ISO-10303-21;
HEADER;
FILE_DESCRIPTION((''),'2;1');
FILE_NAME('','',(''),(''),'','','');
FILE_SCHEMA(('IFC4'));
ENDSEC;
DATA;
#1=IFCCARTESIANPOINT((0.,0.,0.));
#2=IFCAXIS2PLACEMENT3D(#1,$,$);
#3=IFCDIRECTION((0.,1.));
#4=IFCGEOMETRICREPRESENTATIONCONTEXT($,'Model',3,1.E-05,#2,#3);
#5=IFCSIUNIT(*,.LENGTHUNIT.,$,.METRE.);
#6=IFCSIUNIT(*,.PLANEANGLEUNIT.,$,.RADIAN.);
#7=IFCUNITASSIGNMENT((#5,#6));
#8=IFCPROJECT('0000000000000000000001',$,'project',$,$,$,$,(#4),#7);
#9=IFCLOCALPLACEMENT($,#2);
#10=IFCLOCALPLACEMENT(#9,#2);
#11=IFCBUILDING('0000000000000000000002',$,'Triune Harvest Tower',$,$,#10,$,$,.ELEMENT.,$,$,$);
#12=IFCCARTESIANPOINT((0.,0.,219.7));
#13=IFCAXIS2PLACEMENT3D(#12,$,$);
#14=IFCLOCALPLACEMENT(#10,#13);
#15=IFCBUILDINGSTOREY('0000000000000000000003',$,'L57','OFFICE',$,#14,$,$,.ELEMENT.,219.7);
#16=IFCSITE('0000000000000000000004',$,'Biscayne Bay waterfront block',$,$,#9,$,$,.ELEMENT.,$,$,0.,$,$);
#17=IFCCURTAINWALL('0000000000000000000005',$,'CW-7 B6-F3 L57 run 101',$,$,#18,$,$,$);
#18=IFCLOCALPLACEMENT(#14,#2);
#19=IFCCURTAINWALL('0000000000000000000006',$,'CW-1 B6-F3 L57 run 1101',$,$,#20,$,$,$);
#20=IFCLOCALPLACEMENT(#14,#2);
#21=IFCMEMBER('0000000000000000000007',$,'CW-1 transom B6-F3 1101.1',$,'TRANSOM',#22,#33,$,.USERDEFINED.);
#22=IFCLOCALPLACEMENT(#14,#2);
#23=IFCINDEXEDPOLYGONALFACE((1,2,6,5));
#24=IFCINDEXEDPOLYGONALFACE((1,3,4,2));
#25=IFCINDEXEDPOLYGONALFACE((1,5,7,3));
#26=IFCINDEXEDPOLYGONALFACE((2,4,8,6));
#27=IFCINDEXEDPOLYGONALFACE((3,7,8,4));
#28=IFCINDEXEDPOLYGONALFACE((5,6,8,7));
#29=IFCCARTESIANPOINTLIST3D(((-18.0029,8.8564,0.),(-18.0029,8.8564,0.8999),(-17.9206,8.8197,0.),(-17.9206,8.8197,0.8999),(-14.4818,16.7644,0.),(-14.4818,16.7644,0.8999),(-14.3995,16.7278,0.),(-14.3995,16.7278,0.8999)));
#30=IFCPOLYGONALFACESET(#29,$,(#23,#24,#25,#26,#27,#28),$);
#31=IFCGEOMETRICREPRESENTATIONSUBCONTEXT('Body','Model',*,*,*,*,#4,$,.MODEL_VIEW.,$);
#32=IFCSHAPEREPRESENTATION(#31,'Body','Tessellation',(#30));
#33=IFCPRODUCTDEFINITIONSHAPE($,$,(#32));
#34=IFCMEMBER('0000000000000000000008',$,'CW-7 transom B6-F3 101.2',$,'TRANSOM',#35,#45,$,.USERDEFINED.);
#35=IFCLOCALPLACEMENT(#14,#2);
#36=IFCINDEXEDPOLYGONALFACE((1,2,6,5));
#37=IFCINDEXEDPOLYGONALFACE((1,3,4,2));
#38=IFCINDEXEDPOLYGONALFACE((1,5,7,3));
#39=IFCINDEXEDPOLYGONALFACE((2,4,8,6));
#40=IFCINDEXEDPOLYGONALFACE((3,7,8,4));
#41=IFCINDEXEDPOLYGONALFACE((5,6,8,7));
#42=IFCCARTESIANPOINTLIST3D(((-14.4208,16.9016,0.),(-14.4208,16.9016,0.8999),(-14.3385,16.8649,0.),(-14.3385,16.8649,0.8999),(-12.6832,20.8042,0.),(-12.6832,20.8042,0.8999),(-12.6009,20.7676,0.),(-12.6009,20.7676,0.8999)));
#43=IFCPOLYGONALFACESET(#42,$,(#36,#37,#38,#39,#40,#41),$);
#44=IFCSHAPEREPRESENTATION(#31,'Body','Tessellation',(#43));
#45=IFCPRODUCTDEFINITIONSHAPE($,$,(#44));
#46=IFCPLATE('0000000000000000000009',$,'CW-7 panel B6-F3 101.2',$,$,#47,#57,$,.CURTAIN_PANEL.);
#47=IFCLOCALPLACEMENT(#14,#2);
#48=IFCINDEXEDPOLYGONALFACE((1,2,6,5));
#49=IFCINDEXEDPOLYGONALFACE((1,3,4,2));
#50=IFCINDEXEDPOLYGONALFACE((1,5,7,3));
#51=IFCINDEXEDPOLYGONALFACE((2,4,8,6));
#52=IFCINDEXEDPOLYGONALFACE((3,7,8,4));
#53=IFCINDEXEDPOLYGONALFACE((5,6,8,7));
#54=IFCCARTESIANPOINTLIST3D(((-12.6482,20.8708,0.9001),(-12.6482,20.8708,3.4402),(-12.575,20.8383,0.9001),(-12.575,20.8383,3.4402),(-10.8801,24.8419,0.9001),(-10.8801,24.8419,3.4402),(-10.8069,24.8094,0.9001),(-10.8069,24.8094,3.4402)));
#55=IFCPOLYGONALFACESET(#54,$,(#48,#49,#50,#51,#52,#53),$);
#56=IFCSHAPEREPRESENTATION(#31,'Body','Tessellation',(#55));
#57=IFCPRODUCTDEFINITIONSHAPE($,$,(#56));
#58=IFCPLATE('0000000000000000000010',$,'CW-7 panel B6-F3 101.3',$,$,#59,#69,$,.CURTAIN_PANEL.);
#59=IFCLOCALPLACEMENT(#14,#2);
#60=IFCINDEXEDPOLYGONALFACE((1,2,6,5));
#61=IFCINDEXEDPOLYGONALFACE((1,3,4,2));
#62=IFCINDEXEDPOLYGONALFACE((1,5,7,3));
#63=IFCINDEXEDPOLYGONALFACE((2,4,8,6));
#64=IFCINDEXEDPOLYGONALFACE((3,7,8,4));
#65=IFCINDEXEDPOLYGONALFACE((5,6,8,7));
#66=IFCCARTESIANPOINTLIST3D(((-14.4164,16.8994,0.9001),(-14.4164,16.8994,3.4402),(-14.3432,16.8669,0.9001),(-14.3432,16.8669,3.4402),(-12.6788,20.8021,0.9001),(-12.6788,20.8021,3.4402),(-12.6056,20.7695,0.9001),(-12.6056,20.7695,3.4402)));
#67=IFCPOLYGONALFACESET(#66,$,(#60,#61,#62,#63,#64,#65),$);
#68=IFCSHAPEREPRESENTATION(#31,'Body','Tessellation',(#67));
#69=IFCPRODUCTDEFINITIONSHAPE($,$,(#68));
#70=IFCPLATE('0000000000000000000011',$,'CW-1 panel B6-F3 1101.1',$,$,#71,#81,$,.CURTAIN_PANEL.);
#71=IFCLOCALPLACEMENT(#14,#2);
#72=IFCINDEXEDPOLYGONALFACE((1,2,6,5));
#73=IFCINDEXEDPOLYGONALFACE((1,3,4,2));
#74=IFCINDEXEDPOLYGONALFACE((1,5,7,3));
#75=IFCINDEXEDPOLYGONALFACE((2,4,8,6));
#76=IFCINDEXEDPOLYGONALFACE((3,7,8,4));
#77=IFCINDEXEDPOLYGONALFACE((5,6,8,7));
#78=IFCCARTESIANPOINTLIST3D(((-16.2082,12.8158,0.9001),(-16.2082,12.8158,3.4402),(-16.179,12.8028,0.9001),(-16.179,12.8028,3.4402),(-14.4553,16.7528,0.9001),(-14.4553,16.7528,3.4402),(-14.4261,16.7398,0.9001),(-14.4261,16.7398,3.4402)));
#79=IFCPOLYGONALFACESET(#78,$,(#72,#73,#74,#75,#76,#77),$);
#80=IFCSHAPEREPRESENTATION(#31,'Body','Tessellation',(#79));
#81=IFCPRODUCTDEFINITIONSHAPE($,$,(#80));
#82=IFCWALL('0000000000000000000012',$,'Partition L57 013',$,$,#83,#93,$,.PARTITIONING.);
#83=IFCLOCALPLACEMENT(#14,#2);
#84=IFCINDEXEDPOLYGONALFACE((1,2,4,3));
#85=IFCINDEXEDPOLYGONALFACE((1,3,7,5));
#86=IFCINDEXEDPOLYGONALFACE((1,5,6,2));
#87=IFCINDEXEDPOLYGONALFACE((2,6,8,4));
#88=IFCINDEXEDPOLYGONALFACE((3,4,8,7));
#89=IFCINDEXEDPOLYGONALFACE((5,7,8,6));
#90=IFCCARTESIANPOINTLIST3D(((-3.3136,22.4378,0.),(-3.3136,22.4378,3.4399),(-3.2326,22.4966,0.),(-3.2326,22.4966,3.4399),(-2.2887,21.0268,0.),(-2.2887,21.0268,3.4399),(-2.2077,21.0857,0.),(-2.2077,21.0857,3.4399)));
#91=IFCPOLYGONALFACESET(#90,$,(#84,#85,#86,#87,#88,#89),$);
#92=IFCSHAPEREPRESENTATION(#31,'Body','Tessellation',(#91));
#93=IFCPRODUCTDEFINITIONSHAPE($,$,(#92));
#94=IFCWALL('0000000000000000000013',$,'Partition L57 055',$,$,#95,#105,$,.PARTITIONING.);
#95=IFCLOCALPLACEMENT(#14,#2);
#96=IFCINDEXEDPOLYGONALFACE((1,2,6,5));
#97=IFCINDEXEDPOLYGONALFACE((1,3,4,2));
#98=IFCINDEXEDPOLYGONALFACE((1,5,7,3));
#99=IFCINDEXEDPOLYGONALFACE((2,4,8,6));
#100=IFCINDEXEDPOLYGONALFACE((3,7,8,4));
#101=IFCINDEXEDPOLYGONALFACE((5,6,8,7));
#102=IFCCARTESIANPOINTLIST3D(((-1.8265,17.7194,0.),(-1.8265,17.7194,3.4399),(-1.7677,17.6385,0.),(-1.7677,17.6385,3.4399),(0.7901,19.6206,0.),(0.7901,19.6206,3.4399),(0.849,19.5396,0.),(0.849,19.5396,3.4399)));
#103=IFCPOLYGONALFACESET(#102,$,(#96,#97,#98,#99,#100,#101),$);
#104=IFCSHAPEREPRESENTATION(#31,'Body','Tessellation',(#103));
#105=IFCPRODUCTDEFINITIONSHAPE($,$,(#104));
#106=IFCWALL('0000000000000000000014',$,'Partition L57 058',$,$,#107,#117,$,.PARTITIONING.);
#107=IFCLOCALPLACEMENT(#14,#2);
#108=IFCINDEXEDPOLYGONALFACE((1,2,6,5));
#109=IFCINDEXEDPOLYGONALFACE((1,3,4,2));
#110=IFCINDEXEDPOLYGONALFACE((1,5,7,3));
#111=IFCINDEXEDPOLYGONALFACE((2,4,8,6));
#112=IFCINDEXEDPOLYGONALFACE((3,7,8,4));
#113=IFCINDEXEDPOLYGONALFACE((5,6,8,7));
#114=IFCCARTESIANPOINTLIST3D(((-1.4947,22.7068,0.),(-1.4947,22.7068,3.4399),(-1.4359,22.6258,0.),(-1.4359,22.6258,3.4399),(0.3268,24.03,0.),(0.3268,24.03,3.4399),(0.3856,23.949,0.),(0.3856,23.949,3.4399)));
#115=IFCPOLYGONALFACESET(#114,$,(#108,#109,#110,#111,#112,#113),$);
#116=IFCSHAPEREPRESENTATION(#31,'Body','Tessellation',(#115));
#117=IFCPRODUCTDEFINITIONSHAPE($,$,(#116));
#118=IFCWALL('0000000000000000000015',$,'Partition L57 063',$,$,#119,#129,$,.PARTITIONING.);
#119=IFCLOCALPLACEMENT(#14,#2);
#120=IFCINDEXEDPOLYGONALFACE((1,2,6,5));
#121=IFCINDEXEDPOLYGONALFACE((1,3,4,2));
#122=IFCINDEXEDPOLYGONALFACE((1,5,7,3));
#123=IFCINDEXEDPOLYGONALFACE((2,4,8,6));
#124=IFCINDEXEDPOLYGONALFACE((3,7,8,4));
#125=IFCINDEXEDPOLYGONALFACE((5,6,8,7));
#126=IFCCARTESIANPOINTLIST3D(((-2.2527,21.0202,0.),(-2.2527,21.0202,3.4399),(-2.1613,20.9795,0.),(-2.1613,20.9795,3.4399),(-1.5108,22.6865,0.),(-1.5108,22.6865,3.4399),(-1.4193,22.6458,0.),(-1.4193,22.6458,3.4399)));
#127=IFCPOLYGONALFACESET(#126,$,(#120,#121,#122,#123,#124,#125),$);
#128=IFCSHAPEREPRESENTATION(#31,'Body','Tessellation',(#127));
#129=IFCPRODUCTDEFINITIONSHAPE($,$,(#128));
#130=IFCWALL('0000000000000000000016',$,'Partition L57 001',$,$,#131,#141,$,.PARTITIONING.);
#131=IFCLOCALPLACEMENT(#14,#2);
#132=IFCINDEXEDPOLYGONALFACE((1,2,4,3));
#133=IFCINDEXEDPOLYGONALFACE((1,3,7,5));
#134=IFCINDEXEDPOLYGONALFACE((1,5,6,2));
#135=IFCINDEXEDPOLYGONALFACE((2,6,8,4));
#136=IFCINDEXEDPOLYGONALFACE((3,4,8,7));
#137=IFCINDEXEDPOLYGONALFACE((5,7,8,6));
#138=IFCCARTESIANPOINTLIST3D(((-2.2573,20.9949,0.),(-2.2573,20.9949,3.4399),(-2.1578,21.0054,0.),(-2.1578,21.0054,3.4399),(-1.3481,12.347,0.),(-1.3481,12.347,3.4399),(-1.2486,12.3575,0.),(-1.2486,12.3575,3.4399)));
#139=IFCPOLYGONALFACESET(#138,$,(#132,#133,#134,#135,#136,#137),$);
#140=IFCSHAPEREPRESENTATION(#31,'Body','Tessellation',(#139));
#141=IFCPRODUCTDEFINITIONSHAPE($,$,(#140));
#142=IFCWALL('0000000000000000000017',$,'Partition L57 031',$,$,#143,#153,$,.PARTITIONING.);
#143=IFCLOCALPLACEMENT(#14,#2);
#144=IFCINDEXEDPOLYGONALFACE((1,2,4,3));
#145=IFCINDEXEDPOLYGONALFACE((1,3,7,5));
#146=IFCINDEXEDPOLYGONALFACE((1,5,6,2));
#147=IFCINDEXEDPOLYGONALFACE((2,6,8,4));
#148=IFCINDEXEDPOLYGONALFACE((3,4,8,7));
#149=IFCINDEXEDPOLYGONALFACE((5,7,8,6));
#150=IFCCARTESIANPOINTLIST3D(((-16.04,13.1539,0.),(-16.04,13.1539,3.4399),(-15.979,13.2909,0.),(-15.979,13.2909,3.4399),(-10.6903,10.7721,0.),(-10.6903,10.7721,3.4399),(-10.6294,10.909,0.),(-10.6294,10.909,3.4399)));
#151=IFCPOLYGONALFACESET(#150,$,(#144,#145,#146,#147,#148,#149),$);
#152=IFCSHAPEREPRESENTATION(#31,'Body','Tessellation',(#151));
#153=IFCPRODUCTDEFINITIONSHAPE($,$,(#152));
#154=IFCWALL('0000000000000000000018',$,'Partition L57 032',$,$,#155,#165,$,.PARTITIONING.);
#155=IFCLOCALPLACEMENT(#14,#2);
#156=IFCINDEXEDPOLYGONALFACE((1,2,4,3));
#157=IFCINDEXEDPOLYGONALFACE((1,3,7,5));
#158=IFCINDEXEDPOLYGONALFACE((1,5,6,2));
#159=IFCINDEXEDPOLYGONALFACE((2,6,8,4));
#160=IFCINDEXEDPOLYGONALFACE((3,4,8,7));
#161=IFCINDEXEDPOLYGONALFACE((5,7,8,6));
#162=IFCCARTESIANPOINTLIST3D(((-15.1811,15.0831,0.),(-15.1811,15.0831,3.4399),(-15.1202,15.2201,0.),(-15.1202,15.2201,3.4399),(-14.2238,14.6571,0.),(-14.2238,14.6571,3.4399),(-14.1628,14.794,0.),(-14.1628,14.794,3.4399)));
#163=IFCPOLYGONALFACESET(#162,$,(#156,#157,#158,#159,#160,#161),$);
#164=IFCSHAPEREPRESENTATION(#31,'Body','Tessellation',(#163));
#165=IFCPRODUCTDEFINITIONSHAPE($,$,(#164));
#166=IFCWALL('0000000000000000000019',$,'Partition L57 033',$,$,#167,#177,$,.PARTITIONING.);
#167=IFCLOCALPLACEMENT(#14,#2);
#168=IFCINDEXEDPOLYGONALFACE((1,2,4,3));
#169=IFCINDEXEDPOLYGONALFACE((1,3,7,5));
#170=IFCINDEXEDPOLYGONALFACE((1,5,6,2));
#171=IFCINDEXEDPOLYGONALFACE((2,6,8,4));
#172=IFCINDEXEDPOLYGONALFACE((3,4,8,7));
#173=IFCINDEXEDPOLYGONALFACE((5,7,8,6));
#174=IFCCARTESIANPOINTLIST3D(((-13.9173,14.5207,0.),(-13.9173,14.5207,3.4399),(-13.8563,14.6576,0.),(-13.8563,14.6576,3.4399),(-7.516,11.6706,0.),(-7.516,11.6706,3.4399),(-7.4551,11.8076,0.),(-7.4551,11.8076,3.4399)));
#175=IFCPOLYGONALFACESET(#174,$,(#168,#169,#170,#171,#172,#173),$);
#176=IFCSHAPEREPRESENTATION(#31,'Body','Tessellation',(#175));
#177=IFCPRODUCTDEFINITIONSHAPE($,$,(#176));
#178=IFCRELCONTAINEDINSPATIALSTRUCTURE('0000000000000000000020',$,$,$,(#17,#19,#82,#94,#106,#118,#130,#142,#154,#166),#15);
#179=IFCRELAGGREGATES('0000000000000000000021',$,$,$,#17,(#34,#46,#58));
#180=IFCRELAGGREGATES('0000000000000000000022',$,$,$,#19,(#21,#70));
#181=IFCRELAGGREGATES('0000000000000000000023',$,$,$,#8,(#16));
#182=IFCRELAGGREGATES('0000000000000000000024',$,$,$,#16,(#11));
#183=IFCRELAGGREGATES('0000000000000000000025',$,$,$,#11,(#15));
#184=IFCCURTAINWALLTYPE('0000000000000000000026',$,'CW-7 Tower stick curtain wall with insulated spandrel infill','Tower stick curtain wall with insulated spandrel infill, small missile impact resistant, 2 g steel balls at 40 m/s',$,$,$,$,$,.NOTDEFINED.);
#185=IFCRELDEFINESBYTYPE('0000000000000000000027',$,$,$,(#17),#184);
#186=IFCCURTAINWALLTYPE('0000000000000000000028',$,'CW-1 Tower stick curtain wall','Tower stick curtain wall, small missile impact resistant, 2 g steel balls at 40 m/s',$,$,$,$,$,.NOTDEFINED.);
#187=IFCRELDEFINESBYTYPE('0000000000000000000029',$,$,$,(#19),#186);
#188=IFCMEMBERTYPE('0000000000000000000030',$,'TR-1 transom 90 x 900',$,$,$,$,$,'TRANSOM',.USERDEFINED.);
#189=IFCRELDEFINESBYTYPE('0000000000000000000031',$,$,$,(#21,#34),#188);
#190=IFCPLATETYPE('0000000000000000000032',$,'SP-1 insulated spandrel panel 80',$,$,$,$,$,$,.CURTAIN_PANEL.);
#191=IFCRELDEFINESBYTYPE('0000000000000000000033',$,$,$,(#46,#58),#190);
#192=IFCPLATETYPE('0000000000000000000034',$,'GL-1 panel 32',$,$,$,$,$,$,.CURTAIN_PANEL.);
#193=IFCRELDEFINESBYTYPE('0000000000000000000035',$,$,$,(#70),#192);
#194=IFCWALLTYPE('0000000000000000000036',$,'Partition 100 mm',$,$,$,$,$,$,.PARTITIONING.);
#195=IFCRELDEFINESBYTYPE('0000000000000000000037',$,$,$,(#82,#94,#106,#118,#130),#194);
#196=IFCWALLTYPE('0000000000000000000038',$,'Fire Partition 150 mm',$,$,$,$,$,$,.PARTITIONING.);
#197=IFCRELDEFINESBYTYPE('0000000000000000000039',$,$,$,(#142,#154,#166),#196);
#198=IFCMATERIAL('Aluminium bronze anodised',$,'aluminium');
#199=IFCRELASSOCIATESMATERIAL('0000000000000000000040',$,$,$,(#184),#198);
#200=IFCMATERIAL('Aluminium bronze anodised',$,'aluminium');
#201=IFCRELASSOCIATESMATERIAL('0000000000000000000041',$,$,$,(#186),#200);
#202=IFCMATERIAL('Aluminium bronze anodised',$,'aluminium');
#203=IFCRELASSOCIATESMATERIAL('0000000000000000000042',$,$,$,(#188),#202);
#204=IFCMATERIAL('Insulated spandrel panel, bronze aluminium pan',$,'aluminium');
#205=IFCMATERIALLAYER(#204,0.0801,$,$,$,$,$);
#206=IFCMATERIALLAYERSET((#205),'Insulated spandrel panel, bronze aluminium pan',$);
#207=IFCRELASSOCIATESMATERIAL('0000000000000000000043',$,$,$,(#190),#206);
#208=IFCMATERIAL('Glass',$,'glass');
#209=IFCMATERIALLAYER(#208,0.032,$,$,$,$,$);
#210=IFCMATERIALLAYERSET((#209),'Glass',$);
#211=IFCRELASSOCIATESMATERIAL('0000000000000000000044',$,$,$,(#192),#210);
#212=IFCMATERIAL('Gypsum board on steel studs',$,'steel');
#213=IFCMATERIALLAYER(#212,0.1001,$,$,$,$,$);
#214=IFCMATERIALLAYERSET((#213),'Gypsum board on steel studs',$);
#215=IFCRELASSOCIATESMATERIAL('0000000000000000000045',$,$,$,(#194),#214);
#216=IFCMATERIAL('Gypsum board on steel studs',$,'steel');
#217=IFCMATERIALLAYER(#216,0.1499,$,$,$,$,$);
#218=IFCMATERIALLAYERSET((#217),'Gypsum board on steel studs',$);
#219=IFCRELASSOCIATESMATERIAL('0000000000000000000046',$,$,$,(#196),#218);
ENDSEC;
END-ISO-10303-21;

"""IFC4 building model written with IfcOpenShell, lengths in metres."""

from ifc_helpers import new_model, si_unit, direction, frame, frame_2d, origin, origin_2d, place, context, subcontext, project, spatial, rectangle, extrude, source, transform, mapped, material, layer, layer_set, material_profile, profile_set, type_object, element, aggregate, save


model = new_model("IFC4")

# Units and contexts
model_context = context("Model", 3, precision=1e-05, world=origin(), true_north=direction((0.0, 1.0)))
body_context = subcontext(model_context, "Body", "Model", "MODEL_VIEW")
ifc_project = project(units=[si_unit("LENGTHUNIT", "METRE"), si_unit("PLANEANGLEUNIT", "RADIAN")], contexts=[model_context])

# Site, building, storey
site_placement = place(None, origin())
site = spatial("IfcSite", under=ifc_project, at=site_placement, Name="Biscayne Bay waterfront block", CompositionType="ELEMENT", RefElevation=0.0)
building_placement = place(site_placement, origin())
building = spatial("IfcBuilding", under=site, at=building_placement, Name="Triune Harvest Tower", CompositionType="ELEMENT")
storey_placement = place(building_placement, frame((0.0, 0.0, 219.7)))
storey = spatial("IfcBuildingStorey", under=building, at=storey_placement, Name="L57", Description="OFFICE", CompositionType="ELEMENT", Elevation=219.7)

# Curtain walls, member
ifc_material_1 = material(Name="Aluminium bronze anodised", Category="aluminium")
curtain_wall_type_1 = type_object("IfcCurtainWallType", Name="CW-7 Tower stick curtain wall with insulated spandrel infill", Description="Tower stick curtain wall with insulated spandrel infill, small missile impact resistant, 2 g steel balls at 40 m/s", PredefinedType="NOTDEFINED", material=ifc_material_1)
curtain_wall_1_placement = place(storey_placement, origin())
curtain_wall_1 = element("IfcCurtainWall", 1, at=curtain_wall_1_placement, inside=storey, type_object=curtain_wall_type_1, Name="CW-7 B6-F3 L57 run 101")
ifc_material_2 = material(Name="Aluminium bronze anodised", Category="aluminium")
curtain_wall_type_2 = type_object("IfcCurtainWallType", Name="CW-1 Tower stick curtain wall", Description="Tower stick curtain wall, small missile impact resistant, 2 g steel balls at 40 m/s", PredefinedType="NOTDEFINED", material=ifc_material_2)
curtain_wall_2_placement = place(storey_placement, origin())
curtain_wall_2 = element("IfcCurtainWall", 2, at=curtain_wall_2_placement, inside=storey, type_object=curtain_wall_type_2, Name="CW-1 B6-F3 L57 run 1101")
ifc_material_3 = material(Name="Aluminium bronze anodised", Category="aluminium")
ifc_material_profile_1 = material_profile(ifc_material_3, rectangle(XDim=0.0901, YDim=0.8999, at=origin_2d()), Name="TR-1 transom 90 x 900")
ifc_profile_set_1 = profile_set([ifc_material_profile_1], Name="Aluminium bronze anodised")
member_type_1 = type_object("IfcMemberType", Name="TR-1 transom 90 x 900", ElementType="TRANSOM", PredefinedType="USERDEFINED", material=ifc_profile_set_1)
shared_shape_1 = source(origin(), body_context, "Body", "SweptSolid", [
    extrude(rectangle(XDim=0.0901, YDim=0.8999, at=origin_2d()), origin(), (0.0, 0.0, 1.0), 8.6565),
])
member_1_placement = place(storey_placement, frame((-14.4407, 16.7461, 0.45), z_axis=(-0.406751, -0.913539, 0.0), x_axis=(0.913539, -0.406751, 0.0)))
member_1 = element("IfcMember", 3, at=member_1_placement, type_object=member_type_1, Name="CW-1 transom B6-F3 1101.1", ObjectType="TRANSOM", PredefinedType="USERDEFINED", context=body_context, shape_type="MappedRepresentation", body=[
    mapped(shared_shape_1, transform((0.0, 0.0, 0.0), scale=1.0)),
])

# Member
shared_shape_2 = source(origin(), body_context, "Body", "SweptSolid", [
    extrude(rectangle(XDim=0.0901, YDim=0.8999, at=origin_2d()), origin(), (0.0, 0.0, 1.0), 4.272),
])
member_2_placement = place(storey_placement, frame((-12.6421, 20.7859, 0.45), z_axis=(-0.406738, -0.913545, 0.0), x_axis=(0.913545, -0.406738, 0.0)))
member_2 = element("IfcMember", 4, at=member_2_placement, type_object=member_type_1, Name="CW-7 transom B6-F3 101.2", ObjectType="TRANSOM", PredefinedType="USERDEFINED", context=body_context, shape_type="MappedRepresentation", body=[
    mapped(shared_shape_2, transform((0.0, 0.0, 0.0), scale=1.0)),
])

# Plates
ifc_material_4 = material(Name="Insulated spandrel panel, bronze aluminium pan", Category="aluminium")
ifc_layer_1 = layer(ifc_material_4, 0.0801)
ifc_layer_set_1 = layer_set([ifc_layer_1], Name="Insulated spandrel panel, bronze aluminium pan")
plate_type_1 = type_object("IfcPlateType", Name="SP-1 insulated spandrel panel 80", PredefinedType="CURTAIN_PANEL", material=ifc_layer_set_1)
shared_shape_3 = source(origin(), body_context, "Body", "SweptSolid", [
    extrude(rectangle(XDim=4.3469, YDim=0.0801, at=origin_2d()), origin(), (0.0, 0.0, 1.0), 2.54),
])
plate_1_placement = place(storey_placement, frame((-11.7275, 22.8401, 0.9001), z_axis=(0.0, 0.0, 1.0), x_axis=(-0.406743, -0.913543, 0.0)))
plate_1 = element("IfcPlate", 5, at=plate_1_placement, type_object=plate_type_1, Name="CW-7 panel B6-F3 101.2", PredefinedType="CURTAIN_PANEL", context=body_context, shape_type="MappedRepresentation", body=[
    mapped(shared_shape_3, transform((0.0, 0.0, 0.0), scale=1.0)),
])
shared_shape_4 = source(origin(), body_context, "Body", "SweptSolid", [
    extrude(rectangle(XDim=4.272, YDim=0.0801, at=origin_2d()), origin(), (0.0, 0.0, 1.0), 2.54),
])
plate_2_placement = place(storey_placement, frame((-13.511, 18.8345, 0.9001), z_axis=(0.0, 0.0, 1.0), x_axis=(-0.406743, -0.913543, 0.0)))
plate_2 = element("IfcPlate", 6, at=plate_2_placement, type_object=plate_type_1, Name="CW-7 panel B6-F3 101.3", PredefinedType="CURTAIN_PANEL", context=body_context, shape_type="MappedRepresentation", body=[
    mapped(shared_shape_4, transform((0.0, 0.0, 0.0), scale=1.0)),
])
aggregate(curtain_wall_1, [member_2, plate_1, plate_2])
ifc_material_5 = material(Name="Glass", Category="glass")
ifc_layer_2 = layer(ifc_material_5, 0.032)
ifc_layer_set_2 = layer_set([ifc_layer_2], Name="Glass")
plate_type_2 = type_object("IfcPlateType", Name="GL-1 panel 32", PredefinedType="CURTAIN_PANEL", material=ifc_layer_set_2)
shared_shape_5 = source(origin(), body_context, "Body", "SweptSolid", [
    extrude(rectangle(XDim=4.3096, YDim=0.032, at=origin_2d()), origin(), (0.0, 0.0, 1.0), 2.54),
])
plate_3_placement = place(storey_placement, frame((-15.3171, 14.7778, 0.9001), z_axis=(0.0, 0.0, 1.0), x_axis=(-0.406734, -0.913547, 0.0)))
plate_3 = element("IfcPlate", 7, at=plate_3_placement, type_object=plate_type_2, Name="CW-1 panel B6-F3 1101.1", PredefinedType="CURTAIN_PANEL", context=body_context, shape_type="MappedRepresentation", body=[
    mapped(shared_shape_5, transform((0.0, 0.0, 0.0), scale=1.0)),
])
aggregate(curtain_wall_2, [member_1, plate_3])

# Walls
ifc_material_6 = material(Name="Gypsum board on steel studs", Category="steel")
ifc_layer_3 = layer(ifc_material_6, 0.1001)
ifc_layer_set_3 = layer_set([ifc_layer_3], Name="Gypsum board on steel studs")
wall_type_1 = type_object("IfcWallType", Name="Partition 100 mm", PredefinedType="PARTITIONING", material=ifc_layer_set_3)
wall_1_placement = place(storey_placement, frame((-3.2732, 22.4673, 0.0), z_axis=(0.0, 0.0, 1.0), x_axis=(0.587722, -0.809063, 0.0)))
element("IfcWall", 8, at=wall_1_placement, inside=storey, type_object=wall_type_1, Name="Partition L57 013", PredefinedType="PARTITIONING", context=body_context, shape_type="SweptSolid", body=[
    extrude(rectangle(XDim=1.7439, YDim=0.1001, at=frame_2d((0.8721, 0.0))), origin(), (0.0, 0.0, 1.0), 3.4399),
])
wall_2_placement = place(storey_placement, frame((-1.7971, 17.679, 0.0), z_axis=(0.0, 0.0, 1.0), x_axis=(0.80902, 0.587781, 0.0)))
element("IfcWall", 9, at=wall_2_placement, inside=storey, type_object=wall_type_1, Name="Partition L57 055", PredefinedType="PARTITIONING", context=body_context, shape_type="SweptSolid", body=[
    extrude(rectangle(XDim=3.2344, YDim=0.1001, at=frame_2d((1.6172, 0.0))), origin(), (0.0, 0.0, 1.0), 3.4399),
])
wall_3_placement = place(storey_placement, frame((-1.4653, 22.6663, 0.0), z_axis=(0.0, 0.0, 1.0), x_axis=(0.809055, 0.587733, 0.0)))
element("IfcWall", 10, at=wall_3_placement, inside=storey, type_object=wall_type_1, Name="Partition L57 058", PredefinedType="PARTITIONING", context=body_context, shape_type="SweptSolid", body=[
    extrude(rectangle(XDim=2.2515, YDim=0.1001, at=frame_2d((1.1257, 0.0))), origin(), (0.0, 0.0, 1.0), 3.4399),
])
wall_4_placement = place(storey_placement, frame((-2.207, 20.9998, 0.0), z_axis=(0.0, 0.0, 1.0), x_axis=(0.406772, 0.91353, 0.0)))
element("IfcWall", 11, at=wall_4_placement, inside=storey, type_object=wall_type_1, Name="Partition L57 063", PredefinedType="PARTITIONING", context=body_context, shape_type="SweptSolid", body=[
    extrude(rectangle(XDim=1.824, YDim=0.1001, at=frame_2d((0.9121, 0.0))), origin(), (0.0, 0.0, 1.0), 3.4399),
])
shared_shape_6 = source(origin(), body_context, "Body", "SweptSolid", [
    extrude(rectangle(XDim=8.6956, YDim=0.1001, at=frame_2d((4.3477, 0.0))), origin(), (0.0, 0.0, 1.0), 3.4399),
])
wall_5_placement = place(storey_placement, frame((-2.2075, 21.0, 0.0), z_axis=(0.0, 0.0, 1.0), x_axis=(0.104556, -0.994519, 0.0)))
element("IfcWall", 12, at=wall_5_placement, inside=storey, type_object=wall_type_1, Name="Partition L57 001", PredefinedType="PARTITIONING", context=body_context, shape_type="MappedRepresentation", body=[
    mapped(shared_shape_6, transform((0.0, 0.0, 0.0), scale=1.0)),
])
ifc_material_7 = material(Name="Gypsum board on steel studs", Category="steel")
ifc_layer_4 = layer(ifc_material_7, 0.1499)
ifc_layer_set_4 = layer_set([ifc_layer_4], Name="Gypsum board on steel studs")
wall_type_2 = type_object("IfcWallType", Name="Fire Partition 150 mm", PredefinedType="PARTITIONING", material=ifc_layer_set_4)
shared_shape_7 = source(origin(), body_context, "Body", "SweptSolid", [
    extrude(rectangle(XDim=5.856, YDim=0.1499, at=frame_2d((2.928, 0.0))), origin(), (0.0, 0.0, 1.0), 3.4399),
])
wall_6_placement = place(storey_placement, frame((-16.0095, 13.2224, 0.0), z_axis=(0.0, 0.0, 1.0), x_axis=(0.913543, -0.406742, 0.0)))
element("IfcWall", 13, at=wall_6_placement, inside=storey, type_object=wall_type_2, Name="Partition L57 031", PredefinedType="PARTITIONING", context=body_context, shape_type="MappedRepresentation", body=[
    mapped(shared_shape_7, transform((0.0, 0.0, 0.0), scale=1.0)),
])
shared_shape_8 = source(origin(), body_context, "Body", "SweptSolid", [
    extrude(rectangle(XDim=1.0479, YDim=0.1499, at=frame_2d((0.5239, 0.0))), origin(), (0.0, 0.0, 1.0), 3.4399),
])
wall_7_placement = place(storey_placement, frame((-15.1506, 15.1516, 0.0), z_axis=(0.0, 0.0, 1.0), x_axis=(0.91361, -0.406592, 0.0)))
element("IfcWall", 14, at=wall_7_placement, inside=storey, type_object=wall_type_2, Name="Partition L57 032", PredefinedType="PARTITIONING", context=body_context, shape_type="MappedRepresentation", body=[
    mapped(shared_shape_8, transform((0.0, 0.0, 0.0), scale=1.0)),
])
shared_shape_9 = source(origin(), body_context, "Body", "SweptSolid", [
    extrude(rectangle(XDim=7.0071, YDim=0.1499, at=frame_2d((3.5034, 0.0))), origin(), (0.0, 0.0, 1.0), 3.4399),
])
wall_8_placement = place(storey_placement, frame((-13.8867, 14.5891, 0.0), z_axis=(0.0, 0.0, 1.0), x_axis=(0.913544, -0.40674, 0.0)))
element("IfcWall", 15, at=wall_8_placement, inside=storey, type_object=wall_type_2, Name="Partition L57 033", PredefinedType="PARTITIONING", context=body_context, shape_type="MappedRepresentation", body=[
    mapped(shared_shape_9, transform((0.0, 0.0, 0.0), scale=1.0)),
])

save(model, "model.ifc")
